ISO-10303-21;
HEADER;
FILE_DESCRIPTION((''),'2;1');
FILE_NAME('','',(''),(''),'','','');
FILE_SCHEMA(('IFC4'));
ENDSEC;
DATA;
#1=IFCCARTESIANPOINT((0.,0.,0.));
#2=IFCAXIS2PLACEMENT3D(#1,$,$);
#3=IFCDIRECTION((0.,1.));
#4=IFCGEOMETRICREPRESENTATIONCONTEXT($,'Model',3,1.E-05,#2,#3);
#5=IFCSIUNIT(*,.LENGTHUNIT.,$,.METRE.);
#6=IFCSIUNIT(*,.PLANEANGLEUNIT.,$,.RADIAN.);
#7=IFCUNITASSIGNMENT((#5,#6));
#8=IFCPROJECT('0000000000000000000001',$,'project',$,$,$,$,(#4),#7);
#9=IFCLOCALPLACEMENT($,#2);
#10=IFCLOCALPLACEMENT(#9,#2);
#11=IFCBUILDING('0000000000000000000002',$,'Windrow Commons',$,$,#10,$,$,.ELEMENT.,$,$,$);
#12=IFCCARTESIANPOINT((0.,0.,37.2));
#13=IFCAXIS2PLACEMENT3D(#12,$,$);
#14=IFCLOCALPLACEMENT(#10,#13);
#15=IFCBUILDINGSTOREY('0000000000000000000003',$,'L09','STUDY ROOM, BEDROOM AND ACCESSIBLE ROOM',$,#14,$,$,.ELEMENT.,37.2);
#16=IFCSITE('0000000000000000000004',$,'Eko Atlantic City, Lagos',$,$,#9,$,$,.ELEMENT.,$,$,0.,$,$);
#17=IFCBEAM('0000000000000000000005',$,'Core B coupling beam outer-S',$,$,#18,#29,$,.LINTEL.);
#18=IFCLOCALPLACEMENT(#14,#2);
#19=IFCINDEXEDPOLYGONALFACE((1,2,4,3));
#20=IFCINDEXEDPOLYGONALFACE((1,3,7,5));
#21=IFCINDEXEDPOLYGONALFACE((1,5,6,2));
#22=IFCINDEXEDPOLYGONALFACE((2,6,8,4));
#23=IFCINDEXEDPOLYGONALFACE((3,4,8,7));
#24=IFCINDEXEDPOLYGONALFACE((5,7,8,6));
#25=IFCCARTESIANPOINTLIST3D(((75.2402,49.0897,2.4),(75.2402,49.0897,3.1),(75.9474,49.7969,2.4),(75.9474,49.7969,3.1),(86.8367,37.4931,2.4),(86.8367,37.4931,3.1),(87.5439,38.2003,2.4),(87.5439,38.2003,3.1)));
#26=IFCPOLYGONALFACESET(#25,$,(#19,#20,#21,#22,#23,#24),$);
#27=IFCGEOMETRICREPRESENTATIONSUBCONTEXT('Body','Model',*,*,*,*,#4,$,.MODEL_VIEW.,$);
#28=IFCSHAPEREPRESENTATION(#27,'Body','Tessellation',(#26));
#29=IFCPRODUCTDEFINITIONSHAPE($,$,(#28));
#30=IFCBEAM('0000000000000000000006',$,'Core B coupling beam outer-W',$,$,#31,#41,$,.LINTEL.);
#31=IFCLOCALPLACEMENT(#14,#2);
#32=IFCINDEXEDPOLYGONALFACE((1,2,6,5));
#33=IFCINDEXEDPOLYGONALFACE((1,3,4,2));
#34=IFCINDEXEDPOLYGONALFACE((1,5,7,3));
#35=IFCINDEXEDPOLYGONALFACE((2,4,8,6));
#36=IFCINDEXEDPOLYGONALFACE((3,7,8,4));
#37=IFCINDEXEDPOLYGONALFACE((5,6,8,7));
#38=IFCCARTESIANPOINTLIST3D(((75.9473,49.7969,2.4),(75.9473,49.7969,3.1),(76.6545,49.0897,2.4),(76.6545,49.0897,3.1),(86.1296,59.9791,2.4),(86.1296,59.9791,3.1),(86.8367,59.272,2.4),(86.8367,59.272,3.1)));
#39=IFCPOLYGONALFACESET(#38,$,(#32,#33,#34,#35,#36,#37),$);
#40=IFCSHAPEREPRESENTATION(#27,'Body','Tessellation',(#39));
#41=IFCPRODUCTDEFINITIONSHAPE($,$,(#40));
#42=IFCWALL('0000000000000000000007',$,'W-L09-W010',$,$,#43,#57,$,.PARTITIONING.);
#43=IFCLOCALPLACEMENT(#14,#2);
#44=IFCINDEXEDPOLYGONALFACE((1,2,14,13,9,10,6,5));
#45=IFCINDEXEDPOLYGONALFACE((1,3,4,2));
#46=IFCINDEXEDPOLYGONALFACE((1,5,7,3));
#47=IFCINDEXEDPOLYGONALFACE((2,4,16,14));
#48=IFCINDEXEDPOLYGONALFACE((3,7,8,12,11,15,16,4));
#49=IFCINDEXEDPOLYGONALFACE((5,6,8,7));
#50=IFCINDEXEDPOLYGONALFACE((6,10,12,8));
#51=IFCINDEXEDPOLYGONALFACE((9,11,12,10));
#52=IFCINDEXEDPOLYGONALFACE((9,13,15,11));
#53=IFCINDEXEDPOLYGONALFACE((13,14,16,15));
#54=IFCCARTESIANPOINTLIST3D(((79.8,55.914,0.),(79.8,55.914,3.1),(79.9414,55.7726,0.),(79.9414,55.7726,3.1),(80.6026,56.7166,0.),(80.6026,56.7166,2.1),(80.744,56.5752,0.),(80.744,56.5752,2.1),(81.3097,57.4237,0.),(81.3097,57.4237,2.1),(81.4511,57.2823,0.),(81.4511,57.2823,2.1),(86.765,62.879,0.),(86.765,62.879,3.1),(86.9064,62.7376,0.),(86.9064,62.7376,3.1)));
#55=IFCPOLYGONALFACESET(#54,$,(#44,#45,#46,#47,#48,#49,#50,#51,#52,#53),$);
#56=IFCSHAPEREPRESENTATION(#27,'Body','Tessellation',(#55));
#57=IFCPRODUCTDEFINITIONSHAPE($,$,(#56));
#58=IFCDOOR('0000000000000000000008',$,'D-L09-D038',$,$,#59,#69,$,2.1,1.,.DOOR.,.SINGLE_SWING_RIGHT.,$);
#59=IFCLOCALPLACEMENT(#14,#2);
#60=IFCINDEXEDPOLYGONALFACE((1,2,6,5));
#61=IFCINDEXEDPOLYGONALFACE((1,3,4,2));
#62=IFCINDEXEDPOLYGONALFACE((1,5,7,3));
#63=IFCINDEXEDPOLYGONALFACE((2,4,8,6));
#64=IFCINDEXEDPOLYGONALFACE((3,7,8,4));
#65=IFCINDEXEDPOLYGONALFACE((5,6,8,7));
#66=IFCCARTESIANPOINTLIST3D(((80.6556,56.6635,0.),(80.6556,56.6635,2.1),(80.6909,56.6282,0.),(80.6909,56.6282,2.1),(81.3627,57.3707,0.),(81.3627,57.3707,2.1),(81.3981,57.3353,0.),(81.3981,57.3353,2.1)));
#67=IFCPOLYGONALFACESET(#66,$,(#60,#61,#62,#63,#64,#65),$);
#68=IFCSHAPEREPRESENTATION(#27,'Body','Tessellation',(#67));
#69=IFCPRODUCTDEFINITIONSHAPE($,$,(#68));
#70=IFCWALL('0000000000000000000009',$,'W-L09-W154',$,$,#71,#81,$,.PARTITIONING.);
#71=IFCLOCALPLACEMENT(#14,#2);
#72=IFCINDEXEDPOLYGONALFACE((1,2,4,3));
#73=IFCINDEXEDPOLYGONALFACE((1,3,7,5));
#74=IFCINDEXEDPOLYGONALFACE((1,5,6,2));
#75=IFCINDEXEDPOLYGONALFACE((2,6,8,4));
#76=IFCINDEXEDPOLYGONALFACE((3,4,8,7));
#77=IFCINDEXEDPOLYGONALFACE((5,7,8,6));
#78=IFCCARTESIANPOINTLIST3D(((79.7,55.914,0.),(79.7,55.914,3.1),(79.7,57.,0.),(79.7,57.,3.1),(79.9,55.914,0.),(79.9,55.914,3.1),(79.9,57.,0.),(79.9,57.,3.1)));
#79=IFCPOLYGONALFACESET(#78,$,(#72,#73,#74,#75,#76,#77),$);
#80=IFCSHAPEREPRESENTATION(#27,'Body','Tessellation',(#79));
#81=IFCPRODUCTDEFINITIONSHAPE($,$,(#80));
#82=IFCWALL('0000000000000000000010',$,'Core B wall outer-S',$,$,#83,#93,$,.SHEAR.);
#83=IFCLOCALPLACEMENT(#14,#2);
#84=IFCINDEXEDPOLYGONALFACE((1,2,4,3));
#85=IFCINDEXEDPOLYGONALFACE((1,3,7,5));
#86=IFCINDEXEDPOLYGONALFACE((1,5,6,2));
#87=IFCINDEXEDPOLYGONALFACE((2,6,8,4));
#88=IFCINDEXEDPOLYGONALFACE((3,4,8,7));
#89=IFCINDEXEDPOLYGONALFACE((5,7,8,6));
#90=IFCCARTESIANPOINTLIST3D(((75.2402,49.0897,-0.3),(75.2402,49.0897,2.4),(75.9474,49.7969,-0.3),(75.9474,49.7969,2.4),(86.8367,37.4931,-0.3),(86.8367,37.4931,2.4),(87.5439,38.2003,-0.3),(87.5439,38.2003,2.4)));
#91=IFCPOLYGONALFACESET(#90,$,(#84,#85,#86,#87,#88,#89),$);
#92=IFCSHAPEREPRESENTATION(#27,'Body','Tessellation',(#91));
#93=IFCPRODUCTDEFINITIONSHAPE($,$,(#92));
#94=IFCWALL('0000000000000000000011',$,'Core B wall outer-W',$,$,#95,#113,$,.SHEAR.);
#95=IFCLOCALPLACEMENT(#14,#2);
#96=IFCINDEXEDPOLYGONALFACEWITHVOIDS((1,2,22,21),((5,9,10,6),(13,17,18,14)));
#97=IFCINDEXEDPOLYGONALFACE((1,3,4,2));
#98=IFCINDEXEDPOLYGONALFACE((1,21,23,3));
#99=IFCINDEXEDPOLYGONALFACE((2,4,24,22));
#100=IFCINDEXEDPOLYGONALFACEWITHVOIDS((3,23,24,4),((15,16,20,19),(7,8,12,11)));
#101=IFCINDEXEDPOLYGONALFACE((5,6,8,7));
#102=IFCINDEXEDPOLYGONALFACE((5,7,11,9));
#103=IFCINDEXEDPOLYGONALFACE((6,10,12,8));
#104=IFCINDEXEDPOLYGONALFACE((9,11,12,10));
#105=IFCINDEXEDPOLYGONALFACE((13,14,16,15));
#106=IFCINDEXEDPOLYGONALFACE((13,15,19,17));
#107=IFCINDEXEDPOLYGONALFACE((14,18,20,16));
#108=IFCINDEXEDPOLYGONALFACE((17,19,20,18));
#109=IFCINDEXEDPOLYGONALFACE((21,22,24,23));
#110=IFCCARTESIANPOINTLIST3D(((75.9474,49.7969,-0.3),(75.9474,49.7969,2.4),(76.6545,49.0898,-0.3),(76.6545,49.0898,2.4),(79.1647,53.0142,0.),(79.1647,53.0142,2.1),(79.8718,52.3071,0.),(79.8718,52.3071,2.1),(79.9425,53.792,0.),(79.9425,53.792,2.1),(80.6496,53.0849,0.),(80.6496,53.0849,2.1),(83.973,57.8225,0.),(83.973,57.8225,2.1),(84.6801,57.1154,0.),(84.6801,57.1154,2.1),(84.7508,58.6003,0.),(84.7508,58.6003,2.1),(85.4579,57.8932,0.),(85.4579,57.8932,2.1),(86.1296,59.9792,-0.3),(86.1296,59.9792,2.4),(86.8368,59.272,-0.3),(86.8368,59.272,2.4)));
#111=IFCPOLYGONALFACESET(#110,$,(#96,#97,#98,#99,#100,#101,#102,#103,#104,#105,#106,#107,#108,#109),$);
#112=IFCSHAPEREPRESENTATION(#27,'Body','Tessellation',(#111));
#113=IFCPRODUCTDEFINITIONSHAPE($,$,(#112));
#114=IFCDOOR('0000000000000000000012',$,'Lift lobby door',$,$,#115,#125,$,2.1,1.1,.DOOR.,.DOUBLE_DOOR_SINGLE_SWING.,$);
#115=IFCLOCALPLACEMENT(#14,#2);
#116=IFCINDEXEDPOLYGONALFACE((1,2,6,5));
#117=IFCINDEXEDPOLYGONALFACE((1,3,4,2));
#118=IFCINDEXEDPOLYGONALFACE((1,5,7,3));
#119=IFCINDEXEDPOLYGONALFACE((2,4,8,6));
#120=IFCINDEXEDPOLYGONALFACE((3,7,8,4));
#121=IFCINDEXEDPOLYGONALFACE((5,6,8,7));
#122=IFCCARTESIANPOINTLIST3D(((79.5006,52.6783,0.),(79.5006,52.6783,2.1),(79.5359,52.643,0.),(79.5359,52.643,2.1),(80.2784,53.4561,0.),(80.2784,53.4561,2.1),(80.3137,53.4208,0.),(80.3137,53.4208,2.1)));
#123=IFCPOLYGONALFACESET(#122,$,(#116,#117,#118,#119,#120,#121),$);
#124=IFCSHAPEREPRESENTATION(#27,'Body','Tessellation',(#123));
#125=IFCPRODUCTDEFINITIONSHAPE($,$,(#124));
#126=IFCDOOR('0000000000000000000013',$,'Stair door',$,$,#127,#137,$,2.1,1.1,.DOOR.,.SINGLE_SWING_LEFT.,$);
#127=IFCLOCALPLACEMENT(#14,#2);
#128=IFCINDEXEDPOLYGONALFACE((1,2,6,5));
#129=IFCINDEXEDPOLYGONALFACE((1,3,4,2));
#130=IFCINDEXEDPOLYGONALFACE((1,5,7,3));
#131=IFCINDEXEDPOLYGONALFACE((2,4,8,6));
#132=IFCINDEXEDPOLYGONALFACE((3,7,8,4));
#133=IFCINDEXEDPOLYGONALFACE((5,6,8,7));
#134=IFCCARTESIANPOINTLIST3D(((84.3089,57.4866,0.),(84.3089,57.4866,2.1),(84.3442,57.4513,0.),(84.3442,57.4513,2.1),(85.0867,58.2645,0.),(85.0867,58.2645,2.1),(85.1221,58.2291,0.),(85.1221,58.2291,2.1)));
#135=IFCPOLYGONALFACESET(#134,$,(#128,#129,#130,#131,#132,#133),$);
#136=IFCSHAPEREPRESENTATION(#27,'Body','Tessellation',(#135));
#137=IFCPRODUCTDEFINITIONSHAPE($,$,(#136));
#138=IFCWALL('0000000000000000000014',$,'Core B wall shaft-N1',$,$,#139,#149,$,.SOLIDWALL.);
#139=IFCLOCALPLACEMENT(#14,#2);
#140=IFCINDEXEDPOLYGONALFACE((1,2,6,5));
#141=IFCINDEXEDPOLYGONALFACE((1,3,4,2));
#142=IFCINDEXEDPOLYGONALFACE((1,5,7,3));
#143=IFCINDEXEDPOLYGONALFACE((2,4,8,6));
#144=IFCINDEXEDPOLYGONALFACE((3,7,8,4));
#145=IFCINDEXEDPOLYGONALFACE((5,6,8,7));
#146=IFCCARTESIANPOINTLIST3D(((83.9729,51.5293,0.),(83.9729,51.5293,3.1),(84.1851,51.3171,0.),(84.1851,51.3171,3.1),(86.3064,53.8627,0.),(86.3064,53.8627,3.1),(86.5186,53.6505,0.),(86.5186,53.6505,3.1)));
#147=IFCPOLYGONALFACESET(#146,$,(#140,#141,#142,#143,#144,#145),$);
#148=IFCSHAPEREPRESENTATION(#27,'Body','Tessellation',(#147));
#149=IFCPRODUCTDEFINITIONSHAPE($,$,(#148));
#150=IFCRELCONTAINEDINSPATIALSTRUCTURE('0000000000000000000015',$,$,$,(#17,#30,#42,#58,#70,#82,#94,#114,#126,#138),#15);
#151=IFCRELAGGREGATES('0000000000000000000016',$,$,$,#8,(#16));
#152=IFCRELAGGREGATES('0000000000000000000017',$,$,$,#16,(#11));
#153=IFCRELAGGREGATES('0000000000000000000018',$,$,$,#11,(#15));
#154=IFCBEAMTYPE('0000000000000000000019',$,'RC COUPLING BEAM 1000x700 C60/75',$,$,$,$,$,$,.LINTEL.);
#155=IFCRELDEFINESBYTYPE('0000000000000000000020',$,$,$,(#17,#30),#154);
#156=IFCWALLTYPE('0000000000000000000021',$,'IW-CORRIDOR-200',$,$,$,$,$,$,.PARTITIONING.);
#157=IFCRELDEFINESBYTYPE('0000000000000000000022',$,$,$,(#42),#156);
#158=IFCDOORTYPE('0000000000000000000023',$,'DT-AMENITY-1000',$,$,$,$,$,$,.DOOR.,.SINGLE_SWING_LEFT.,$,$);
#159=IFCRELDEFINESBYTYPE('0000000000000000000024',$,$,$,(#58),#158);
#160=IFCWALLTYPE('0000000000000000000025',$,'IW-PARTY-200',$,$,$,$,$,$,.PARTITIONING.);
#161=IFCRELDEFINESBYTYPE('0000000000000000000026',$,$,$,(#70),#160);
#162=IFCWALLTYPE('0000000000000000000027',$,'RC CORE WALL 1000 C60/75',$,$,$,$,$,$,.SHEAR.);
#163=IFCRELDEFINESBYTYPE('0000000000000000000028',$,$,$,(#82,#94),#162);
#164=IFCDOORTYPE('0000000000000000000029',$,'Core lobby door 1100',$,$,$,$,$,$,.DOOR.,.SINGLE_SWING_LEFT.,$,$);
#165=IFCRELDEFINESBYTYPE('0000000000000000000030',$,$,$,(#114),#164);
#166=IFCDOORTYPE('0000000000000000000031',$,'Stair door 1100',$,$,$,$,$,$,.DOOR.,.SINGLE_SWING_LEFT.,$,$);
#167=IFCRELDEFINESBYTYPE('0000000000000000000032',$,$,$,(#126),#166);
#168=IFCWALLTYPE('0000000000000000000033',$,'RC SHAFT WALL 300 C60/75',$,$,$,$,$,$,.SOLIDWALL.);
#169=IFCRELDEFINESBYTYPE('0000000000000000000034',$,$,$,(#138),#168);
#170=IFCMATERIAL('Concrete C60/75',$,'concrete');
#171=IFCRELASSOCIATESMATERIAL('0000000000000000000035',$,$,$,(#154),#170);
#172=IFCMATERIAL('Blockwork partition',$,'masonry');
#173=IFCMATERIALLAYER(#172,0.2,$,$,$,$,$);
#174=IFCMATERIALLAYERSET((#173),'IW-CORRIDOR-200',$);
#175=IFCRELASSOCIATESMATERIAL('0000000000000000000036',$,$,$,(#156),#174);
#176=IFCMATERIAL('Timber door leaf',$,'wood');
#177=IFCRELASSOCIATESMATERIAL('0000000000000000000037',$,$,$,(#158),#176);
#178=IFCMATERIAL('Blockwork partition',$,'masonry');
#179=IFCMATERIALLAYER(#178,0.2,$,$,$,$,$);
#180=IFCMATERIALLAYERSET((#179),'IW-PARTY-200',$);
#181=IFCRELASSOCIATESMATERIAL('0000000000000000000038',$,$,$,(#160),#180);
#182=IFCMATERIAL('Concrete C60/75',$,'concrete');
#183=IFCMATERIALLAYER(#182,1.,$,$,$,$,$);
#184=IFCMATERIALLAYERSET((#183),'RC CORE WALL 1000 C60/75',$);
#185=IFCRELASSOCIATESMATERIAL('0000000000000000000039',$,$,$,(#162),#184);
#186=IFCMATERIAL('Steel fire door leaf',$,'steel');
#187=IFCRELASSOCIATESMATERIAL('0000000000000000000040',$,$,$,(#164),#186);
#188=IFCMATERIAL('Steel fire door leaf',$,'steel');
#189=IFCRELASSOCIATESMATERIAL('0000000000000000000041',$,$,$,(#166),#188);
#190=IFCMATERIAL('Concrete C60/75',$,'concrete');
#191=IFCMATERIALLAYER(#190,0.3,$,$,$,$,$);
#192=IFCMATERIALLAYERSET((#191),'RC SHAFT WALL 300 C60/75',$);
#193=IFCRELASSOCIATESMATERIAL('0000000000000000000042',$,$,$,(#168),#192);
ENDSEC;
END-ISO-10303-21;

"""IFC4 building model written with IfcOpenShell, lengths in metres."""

from ifc_helpers import new_model, si_unit, direction, frame, frame_2d, origin, origin_2d, place, context, subcontext, project, spatial, rectangle, extrude, material, layer, layer_set, material_profile, profile_set, type_object, element, fill, save


model = new_model("IFC4")

# Units and contexts
model_context = context("Model", 3, precision=1e-05, world=origin(), true_north=direction((0.0, 1.0)))
body_context = subcontext(model_context, "Body", "Model", "MODEL_VIEW")
ifc_project = project(units=[si_unit("LENGTHUNIT", "METRE"), si_unit("PLANEANGLEUNIT", "RADIAN")], contexts=[model_context])

# Site, building, storey
site_placement = place(None, origin())
site = spatial("IfcSite", under=ifc_project, at=site_placement, Name="Eko Atlantic City, Lagos", CompositionType="ELEMENT", RefElevation=0.0)
building_placement = place(site_placement, origin())
building = spatial("IfcBuilding", under=site, at=building_placement, Name="Windrow Commons", CompositionType="ELEMENT")
storey_placement = place(building_placement, frame((0.0, 0.0, 37.2)))
storey = spatial("IfcBuildingStorey", under=building, at=storey_placement, Name="L09", Description="STUDY ROOM, BEDROOM AND ACCESSIBLE ROOM", CompositionType="ELEMENT", Elevation=37.2)

# Beams
ifc_material_1 = material(Name="Concrete C60/75", Category="concrete")
ifc_material_profile = material_profile(ifc_material_1, rectangle(XDim=1.0, YDim=0.7, at=origin_2d()))
ifc_profile_set = profile_set([ifc_material_profile], Name="Concrete C60/75")
beam_type = type_object("IfcBeamType", Name="RC COUPLING BEAM 1000x700 C60/75", PredefinedType="LINTEL", material=ifc_profile_set)
beam_1_placement = place(storey_placement, frame((75.5938, 49.4433, 2.75), z_axis=(0.707104, -0.70711, 0.0), x_axis=(0.70711, 0.707104, 0.0)))
element("IfcBeam", 1, at=beam_1_placement, inside=storey, type_object=beam_type, Name="Core B coupling beam outer-S", PredefinedType="LINTEL", context=body_context, shape_type="SweptSolid", body=[
    extrude(rectangle(XDim=1.0, YDim=0.7, at=origin_2d()), origin(), (0.0, 0.0, 1.0), 16.4),
])
beam_2_placement = place(storey_placement, frame((76.3009, 49.4433, 2.75), z_axis=(0.707107, 0.707107, 0.0), x_axis=(-0.707107, 0.707107, 0.0)))
element("IfcBeam", 2, at=beam_2_placement, inside=storey, type_object=beam_type, Name="Core B coupling beam outer-W", PredefinedType="LINTEL", context=body_context, shape_type="SweptSolid", body=[
    extrude(rectangle(XDim=1.0, YDim=0.7, at=origin_2d()), origin(), (0.0, 0.0, 1.0), 14.3999),
])

# Wall, opening, door
ifc_material_2 = material(Name="Blockwork partition", Category="masonry")
ifc_layer_1 = layer(ifc_material_2, 0.2)
ifc_layer_set_1 = layer_set([ifc_layer_1], Name="IW-CORRIDOR-200")
wall_type_1 = type_object("IfcWallType", Name="IW-CORRIDOR-200", PredefinedType="PARTITIONING", material=ifc_layer_set_1)
wall_1_placement = place(storey_placement, frame((79.8707, 55.8433, 0.0), z_axis=(0.0, 0.0, 1.0), x_axis=(0.707107, 0.707107, 0.0)))
wall_1 = element("IfcWall", 3, at=wall_1_placement, inside=storey, type_object=wall_type_1, Name="W-L09-W010", PredefinedType="PARTITIONING", context=body_context, shape_type="SweptSolid", body=[
    extrude(rectangle(XDim=9.85, YDim=0.2, at=frame_2d((4.925, 0.0))), origin(), (0.0, 0.0, 1.0), 3.1),
])
opening_1_placement = place(wall_1_placement, frame((1.135, 0.0, 0.0)))
opening_1 = element("IfcOpeningElement", 4, at=opening_1_placement, cuts=wall_1, PredefinedType="OPENING", context=body_context, shape_type="SweptSolid", body=[
    extrude(rectangle(XDim=1.0, YDim=2.1, at=frame_2d((0.5, 1.05))), frame((0.0, 0.11, 0.0), z_axis=(0.0, -1.0, 0.0), x_axis=(1.0, 0.0, 0.0)), (0.0, 0.0, 1.0), 0.22),
])
ifc_material_3 = material(Name="Timber door leaf", Category="wood")
door_type_1 = type_object("IfcDoorType", Name="DT-AMENITY-1000", OperationType="SINGLE_SWING_LEFT", PredefinedType="DOOR", material=ifc_material_3)
door_1_placement = place(opening_1_placement, origin())
door_1 = element("IfcDoor", 5, at=door_1_placement, inside=storey, type_object=door_type_1, Name="D-L09-D038", OperationType="SINGLE_SWING_RIGHT", OverallHeight=2.1, OverallWidth=1.0, PredefinedType="DOOR", context=body_context, shape_type="SweptSolid", body=[
    extrude(rectangle(XDim=1.0, YDim=2.1, at=frame_2d((0.5, 1.05))), frame((0.0, 0.025, 0.0), z_axis=(0.0, -1.0, 0.0), x_axis=(1.0, 0.0, 0.0)), (0.0, 0.0, 1.0), 0.05),
])
fill(opening_1, door_1)

# Walls
ifc_material_4 = material(Name="Blockwork partition", Category="masonry")
ifc_layer_2 = layer(ifc_material_4, 0.2)
ifc_layer_set_2 = layer_set([ifc_layer_2], Name="IW-PARTY-200")
wall_type_2 = type_object("IfcWallType", Name="IW-PARTY-200", PredefinedType="PARTITIONING", material=ifc_layer_set_2)
wall_2_placement = place(storey_placement, frame((79.8, 55.914, 0.0), z_axis=(0.0, 0.0, 1.0), x_axis=(0.0, 1.0, 0.0)))
element("IfcWall", 6, at=wall_2_placement, inside=storey, type_object=wall_type_2, Name="W-L09-W154", PredefinedType="PARTITIONING", context=body_context, shape_type="SweptSolid", body=[
    extrude(rectangle(XDim=1.086, YDim=0.2, at=frame_2d((0.543, 0.0))), origin(), (0.0, 0.0, 1.0), 3.1),
])
ifc_material_5 = material(Name="Concrete C60/75", Category="concrete")
ifc_layer_3 = layer(ifc_material_5, 1.0)
ifc_layer_set_3 = layer_set([ifc_layer_3], Name="RC CORE WALL 1000 C60/75")
wall_type_3 = type_object("IfcWallType", Name="RC CORE WALL 1000 C60/75", PredefinedType="SHEAR", material=ifc_layer_set_3)
wall_3_placement = place(storey_placement, frame((75.5938, 49.4433, -0.3), z_axis=(0.0, 0.0, 1.0), x_axis=(0.707104, -0.70711, 0.0)))
element("IfcWall", 7, at=wall_3_placement, inside=storey, type_object=wall_type_3, Name="Core B wall outer-S", PredefinedType="SHEAR", context=body_context, shape_type="SweptSolid", body=[
    extrude(rectangle(XDim=16.4, YDim=1.0, at=frame_2d((8.2, 0.0))), origin(), (0.0, 0.0, 1.0), 2.7),
])

# Wall, openings, doors
wall_4_placement = place(storey_placement, frame((76.3009, 49.4433, -0.3), z_axis=(0.0, 0.0, 1.0), x_axis=(0.707107, 0.707107, 0.0)))
wall_4 = element("IfcWall", 8, at=wall_4_placement, inside=storey, type_object=wall_type_3, Name="Core B wall outer-W", PredefinedType="SHEAR", context=body_context, shape_type="SweptSolid", body=[
    extrude(rectangle(XDim=14.3999, YDim=1.0, at=frame_2d((7.2, 0.0))), origin(), (0.0, 0.0, 1.0), 2.7),
])
opening_2_placement = place(wall_4_placement, frame((4.55, 0.0, 0.3)))
opening_2 = element("IfcOpeningElement", 9, at=opening_2_placement, cuts=wall_4, PredefinedType="OPENING", context=body_context, shape_type="SweptSolid", body=[
    extrude(rectangle(XDim=1.1, YDim=2.1, at=frame_2d((0.55, 1.05))), frame((0.0, 0.51, 0.0), z_axis=(0.0, -1.0, 0.0), x_axis=(1.0, 0.0, 0.0)), (0.0, 0.0, 1.0), 1.02),
])
opening_3_placement = place(wall_4_placement, frame((11.35, 0.0, 0.3)))
opening_3 = element("IfcOpeningElement", 10, at=opening_3_placement, cuts=wall_4, PredefinedType="OPENING", context=body_context, shape_type="SweptSolid", body=[
    extrude(rectangle(XDim=1.1, YDim=2.1, at=frame_2d((0.55, 1.05))), frame((0.0, 0.51, 0.0), z_axis=(0.0, -1.0, 0.0), x_axis=(1.0, 0.0, 0.0)), (0.0, 0.0, 1.0), 1.02),
])
ifc_material_6 = material(Name="Steel fire door leaf", Category="steel")
door_type_2 = type_object("IfcDoorType", Name="Core lobby door 1100", OperationType="SINGLE_SWING_LEFT", PredefinedType="DOOR", material=ifc_material_6)
door_2_placement = place(opening_2_placement, origin())
door_2 = element("IfcDoor", 11, at=door_2_placement, inside=storey, type_object=door_type_2, Name="Lift lobby door", OperationType="DOUBLE_DOOR_SINGLE_SWING", OverallHeight=2.1, OverallWidth=1.1, PredefinedType="DOOR", context=body_context, shape_type="SweptSolid", body=[
    extrude(rectangle(XDim=1.1, YDim=2.1, at=frame_2d((0.55, 1.05))), frame((0.0, 0.025, 0.0), z_axis=(0.0, -1.0, 0.0), x_axis=(1.0, 0.0, 0.0)), (0.0, 0.0, 1.0), 0.05),
])
fill(opening_2, door_2)
ifc_material_7 = material(Name="Steel fire door leaf", Category="steel")
door_type_3 = type_object("IfcDoorType", Name="Stair door 1100", OperationType="SINGLE_SWING_LEFT", PredefinedType="DOOR", material=ifc_material_7)
door_3_placement = place(opening_3_placement, origin())
door_3 = element("IfcDoor", 12, at=door_3_placement, inside=storey, type_object=door_type_3, Name="Stair door", OperationType="SINGLE_SWING_LEFT", OverallHeight=2.1, OverallWidth=1.1, PredefinedType="DOOR", context=body_context, shape_type="SweptSolid", body=[
    extrude(rectangle(XDim=1.1, YDim=2.1, at=frame_2d((0.55, 1.05))), frame((0.0, 0.025, 0.0), z_axis=(0.0, -1.0, 0.0), x_axis=(1.0, 0.0, 0.0)), (0.0, 0.0, 1.0), 0.05),
])
fill(opening_3, door_3)

# Wall
ifc_material_8 = material(Name="Concrete C60/75", Category="concrete")
ifc_layer_4 = layer(ifc_material_8, 0.3)
ifc_layer_set_4 = layer_set([ifc_layer_4], Name="RC SHAFT WALL 300 C60/75")
wall_type_4 = type_object("IfcWallType", Name="RC SHAFT WALL 300 C60/75", PredefinedType="SOLIDWALL", material=ifc_layer_set_4)
wall_5_placement = place(storey_placement, frame((84.079, 51.4232, 0.0), z_axis=(0.0, 0.0, 1.0), x_axis=(0.707122, 0.707092, 0.0)))
element("IfcWall", 13, at=wall_5_placement, inside=storey, type_object=wall_type_4, Name="Core B wall shaft-N1", PredefinedType="SOLIDWALL", context=body_context, shape_type="SweptSolid", body=[
    extrude(rectangle(XDim=3.3, YDim=0.3, at=frame_2d((1.65, 0.0))), origin(), (0.0, 0.0, 1.0), 3.1),
])

save(model, "model.ifc")
